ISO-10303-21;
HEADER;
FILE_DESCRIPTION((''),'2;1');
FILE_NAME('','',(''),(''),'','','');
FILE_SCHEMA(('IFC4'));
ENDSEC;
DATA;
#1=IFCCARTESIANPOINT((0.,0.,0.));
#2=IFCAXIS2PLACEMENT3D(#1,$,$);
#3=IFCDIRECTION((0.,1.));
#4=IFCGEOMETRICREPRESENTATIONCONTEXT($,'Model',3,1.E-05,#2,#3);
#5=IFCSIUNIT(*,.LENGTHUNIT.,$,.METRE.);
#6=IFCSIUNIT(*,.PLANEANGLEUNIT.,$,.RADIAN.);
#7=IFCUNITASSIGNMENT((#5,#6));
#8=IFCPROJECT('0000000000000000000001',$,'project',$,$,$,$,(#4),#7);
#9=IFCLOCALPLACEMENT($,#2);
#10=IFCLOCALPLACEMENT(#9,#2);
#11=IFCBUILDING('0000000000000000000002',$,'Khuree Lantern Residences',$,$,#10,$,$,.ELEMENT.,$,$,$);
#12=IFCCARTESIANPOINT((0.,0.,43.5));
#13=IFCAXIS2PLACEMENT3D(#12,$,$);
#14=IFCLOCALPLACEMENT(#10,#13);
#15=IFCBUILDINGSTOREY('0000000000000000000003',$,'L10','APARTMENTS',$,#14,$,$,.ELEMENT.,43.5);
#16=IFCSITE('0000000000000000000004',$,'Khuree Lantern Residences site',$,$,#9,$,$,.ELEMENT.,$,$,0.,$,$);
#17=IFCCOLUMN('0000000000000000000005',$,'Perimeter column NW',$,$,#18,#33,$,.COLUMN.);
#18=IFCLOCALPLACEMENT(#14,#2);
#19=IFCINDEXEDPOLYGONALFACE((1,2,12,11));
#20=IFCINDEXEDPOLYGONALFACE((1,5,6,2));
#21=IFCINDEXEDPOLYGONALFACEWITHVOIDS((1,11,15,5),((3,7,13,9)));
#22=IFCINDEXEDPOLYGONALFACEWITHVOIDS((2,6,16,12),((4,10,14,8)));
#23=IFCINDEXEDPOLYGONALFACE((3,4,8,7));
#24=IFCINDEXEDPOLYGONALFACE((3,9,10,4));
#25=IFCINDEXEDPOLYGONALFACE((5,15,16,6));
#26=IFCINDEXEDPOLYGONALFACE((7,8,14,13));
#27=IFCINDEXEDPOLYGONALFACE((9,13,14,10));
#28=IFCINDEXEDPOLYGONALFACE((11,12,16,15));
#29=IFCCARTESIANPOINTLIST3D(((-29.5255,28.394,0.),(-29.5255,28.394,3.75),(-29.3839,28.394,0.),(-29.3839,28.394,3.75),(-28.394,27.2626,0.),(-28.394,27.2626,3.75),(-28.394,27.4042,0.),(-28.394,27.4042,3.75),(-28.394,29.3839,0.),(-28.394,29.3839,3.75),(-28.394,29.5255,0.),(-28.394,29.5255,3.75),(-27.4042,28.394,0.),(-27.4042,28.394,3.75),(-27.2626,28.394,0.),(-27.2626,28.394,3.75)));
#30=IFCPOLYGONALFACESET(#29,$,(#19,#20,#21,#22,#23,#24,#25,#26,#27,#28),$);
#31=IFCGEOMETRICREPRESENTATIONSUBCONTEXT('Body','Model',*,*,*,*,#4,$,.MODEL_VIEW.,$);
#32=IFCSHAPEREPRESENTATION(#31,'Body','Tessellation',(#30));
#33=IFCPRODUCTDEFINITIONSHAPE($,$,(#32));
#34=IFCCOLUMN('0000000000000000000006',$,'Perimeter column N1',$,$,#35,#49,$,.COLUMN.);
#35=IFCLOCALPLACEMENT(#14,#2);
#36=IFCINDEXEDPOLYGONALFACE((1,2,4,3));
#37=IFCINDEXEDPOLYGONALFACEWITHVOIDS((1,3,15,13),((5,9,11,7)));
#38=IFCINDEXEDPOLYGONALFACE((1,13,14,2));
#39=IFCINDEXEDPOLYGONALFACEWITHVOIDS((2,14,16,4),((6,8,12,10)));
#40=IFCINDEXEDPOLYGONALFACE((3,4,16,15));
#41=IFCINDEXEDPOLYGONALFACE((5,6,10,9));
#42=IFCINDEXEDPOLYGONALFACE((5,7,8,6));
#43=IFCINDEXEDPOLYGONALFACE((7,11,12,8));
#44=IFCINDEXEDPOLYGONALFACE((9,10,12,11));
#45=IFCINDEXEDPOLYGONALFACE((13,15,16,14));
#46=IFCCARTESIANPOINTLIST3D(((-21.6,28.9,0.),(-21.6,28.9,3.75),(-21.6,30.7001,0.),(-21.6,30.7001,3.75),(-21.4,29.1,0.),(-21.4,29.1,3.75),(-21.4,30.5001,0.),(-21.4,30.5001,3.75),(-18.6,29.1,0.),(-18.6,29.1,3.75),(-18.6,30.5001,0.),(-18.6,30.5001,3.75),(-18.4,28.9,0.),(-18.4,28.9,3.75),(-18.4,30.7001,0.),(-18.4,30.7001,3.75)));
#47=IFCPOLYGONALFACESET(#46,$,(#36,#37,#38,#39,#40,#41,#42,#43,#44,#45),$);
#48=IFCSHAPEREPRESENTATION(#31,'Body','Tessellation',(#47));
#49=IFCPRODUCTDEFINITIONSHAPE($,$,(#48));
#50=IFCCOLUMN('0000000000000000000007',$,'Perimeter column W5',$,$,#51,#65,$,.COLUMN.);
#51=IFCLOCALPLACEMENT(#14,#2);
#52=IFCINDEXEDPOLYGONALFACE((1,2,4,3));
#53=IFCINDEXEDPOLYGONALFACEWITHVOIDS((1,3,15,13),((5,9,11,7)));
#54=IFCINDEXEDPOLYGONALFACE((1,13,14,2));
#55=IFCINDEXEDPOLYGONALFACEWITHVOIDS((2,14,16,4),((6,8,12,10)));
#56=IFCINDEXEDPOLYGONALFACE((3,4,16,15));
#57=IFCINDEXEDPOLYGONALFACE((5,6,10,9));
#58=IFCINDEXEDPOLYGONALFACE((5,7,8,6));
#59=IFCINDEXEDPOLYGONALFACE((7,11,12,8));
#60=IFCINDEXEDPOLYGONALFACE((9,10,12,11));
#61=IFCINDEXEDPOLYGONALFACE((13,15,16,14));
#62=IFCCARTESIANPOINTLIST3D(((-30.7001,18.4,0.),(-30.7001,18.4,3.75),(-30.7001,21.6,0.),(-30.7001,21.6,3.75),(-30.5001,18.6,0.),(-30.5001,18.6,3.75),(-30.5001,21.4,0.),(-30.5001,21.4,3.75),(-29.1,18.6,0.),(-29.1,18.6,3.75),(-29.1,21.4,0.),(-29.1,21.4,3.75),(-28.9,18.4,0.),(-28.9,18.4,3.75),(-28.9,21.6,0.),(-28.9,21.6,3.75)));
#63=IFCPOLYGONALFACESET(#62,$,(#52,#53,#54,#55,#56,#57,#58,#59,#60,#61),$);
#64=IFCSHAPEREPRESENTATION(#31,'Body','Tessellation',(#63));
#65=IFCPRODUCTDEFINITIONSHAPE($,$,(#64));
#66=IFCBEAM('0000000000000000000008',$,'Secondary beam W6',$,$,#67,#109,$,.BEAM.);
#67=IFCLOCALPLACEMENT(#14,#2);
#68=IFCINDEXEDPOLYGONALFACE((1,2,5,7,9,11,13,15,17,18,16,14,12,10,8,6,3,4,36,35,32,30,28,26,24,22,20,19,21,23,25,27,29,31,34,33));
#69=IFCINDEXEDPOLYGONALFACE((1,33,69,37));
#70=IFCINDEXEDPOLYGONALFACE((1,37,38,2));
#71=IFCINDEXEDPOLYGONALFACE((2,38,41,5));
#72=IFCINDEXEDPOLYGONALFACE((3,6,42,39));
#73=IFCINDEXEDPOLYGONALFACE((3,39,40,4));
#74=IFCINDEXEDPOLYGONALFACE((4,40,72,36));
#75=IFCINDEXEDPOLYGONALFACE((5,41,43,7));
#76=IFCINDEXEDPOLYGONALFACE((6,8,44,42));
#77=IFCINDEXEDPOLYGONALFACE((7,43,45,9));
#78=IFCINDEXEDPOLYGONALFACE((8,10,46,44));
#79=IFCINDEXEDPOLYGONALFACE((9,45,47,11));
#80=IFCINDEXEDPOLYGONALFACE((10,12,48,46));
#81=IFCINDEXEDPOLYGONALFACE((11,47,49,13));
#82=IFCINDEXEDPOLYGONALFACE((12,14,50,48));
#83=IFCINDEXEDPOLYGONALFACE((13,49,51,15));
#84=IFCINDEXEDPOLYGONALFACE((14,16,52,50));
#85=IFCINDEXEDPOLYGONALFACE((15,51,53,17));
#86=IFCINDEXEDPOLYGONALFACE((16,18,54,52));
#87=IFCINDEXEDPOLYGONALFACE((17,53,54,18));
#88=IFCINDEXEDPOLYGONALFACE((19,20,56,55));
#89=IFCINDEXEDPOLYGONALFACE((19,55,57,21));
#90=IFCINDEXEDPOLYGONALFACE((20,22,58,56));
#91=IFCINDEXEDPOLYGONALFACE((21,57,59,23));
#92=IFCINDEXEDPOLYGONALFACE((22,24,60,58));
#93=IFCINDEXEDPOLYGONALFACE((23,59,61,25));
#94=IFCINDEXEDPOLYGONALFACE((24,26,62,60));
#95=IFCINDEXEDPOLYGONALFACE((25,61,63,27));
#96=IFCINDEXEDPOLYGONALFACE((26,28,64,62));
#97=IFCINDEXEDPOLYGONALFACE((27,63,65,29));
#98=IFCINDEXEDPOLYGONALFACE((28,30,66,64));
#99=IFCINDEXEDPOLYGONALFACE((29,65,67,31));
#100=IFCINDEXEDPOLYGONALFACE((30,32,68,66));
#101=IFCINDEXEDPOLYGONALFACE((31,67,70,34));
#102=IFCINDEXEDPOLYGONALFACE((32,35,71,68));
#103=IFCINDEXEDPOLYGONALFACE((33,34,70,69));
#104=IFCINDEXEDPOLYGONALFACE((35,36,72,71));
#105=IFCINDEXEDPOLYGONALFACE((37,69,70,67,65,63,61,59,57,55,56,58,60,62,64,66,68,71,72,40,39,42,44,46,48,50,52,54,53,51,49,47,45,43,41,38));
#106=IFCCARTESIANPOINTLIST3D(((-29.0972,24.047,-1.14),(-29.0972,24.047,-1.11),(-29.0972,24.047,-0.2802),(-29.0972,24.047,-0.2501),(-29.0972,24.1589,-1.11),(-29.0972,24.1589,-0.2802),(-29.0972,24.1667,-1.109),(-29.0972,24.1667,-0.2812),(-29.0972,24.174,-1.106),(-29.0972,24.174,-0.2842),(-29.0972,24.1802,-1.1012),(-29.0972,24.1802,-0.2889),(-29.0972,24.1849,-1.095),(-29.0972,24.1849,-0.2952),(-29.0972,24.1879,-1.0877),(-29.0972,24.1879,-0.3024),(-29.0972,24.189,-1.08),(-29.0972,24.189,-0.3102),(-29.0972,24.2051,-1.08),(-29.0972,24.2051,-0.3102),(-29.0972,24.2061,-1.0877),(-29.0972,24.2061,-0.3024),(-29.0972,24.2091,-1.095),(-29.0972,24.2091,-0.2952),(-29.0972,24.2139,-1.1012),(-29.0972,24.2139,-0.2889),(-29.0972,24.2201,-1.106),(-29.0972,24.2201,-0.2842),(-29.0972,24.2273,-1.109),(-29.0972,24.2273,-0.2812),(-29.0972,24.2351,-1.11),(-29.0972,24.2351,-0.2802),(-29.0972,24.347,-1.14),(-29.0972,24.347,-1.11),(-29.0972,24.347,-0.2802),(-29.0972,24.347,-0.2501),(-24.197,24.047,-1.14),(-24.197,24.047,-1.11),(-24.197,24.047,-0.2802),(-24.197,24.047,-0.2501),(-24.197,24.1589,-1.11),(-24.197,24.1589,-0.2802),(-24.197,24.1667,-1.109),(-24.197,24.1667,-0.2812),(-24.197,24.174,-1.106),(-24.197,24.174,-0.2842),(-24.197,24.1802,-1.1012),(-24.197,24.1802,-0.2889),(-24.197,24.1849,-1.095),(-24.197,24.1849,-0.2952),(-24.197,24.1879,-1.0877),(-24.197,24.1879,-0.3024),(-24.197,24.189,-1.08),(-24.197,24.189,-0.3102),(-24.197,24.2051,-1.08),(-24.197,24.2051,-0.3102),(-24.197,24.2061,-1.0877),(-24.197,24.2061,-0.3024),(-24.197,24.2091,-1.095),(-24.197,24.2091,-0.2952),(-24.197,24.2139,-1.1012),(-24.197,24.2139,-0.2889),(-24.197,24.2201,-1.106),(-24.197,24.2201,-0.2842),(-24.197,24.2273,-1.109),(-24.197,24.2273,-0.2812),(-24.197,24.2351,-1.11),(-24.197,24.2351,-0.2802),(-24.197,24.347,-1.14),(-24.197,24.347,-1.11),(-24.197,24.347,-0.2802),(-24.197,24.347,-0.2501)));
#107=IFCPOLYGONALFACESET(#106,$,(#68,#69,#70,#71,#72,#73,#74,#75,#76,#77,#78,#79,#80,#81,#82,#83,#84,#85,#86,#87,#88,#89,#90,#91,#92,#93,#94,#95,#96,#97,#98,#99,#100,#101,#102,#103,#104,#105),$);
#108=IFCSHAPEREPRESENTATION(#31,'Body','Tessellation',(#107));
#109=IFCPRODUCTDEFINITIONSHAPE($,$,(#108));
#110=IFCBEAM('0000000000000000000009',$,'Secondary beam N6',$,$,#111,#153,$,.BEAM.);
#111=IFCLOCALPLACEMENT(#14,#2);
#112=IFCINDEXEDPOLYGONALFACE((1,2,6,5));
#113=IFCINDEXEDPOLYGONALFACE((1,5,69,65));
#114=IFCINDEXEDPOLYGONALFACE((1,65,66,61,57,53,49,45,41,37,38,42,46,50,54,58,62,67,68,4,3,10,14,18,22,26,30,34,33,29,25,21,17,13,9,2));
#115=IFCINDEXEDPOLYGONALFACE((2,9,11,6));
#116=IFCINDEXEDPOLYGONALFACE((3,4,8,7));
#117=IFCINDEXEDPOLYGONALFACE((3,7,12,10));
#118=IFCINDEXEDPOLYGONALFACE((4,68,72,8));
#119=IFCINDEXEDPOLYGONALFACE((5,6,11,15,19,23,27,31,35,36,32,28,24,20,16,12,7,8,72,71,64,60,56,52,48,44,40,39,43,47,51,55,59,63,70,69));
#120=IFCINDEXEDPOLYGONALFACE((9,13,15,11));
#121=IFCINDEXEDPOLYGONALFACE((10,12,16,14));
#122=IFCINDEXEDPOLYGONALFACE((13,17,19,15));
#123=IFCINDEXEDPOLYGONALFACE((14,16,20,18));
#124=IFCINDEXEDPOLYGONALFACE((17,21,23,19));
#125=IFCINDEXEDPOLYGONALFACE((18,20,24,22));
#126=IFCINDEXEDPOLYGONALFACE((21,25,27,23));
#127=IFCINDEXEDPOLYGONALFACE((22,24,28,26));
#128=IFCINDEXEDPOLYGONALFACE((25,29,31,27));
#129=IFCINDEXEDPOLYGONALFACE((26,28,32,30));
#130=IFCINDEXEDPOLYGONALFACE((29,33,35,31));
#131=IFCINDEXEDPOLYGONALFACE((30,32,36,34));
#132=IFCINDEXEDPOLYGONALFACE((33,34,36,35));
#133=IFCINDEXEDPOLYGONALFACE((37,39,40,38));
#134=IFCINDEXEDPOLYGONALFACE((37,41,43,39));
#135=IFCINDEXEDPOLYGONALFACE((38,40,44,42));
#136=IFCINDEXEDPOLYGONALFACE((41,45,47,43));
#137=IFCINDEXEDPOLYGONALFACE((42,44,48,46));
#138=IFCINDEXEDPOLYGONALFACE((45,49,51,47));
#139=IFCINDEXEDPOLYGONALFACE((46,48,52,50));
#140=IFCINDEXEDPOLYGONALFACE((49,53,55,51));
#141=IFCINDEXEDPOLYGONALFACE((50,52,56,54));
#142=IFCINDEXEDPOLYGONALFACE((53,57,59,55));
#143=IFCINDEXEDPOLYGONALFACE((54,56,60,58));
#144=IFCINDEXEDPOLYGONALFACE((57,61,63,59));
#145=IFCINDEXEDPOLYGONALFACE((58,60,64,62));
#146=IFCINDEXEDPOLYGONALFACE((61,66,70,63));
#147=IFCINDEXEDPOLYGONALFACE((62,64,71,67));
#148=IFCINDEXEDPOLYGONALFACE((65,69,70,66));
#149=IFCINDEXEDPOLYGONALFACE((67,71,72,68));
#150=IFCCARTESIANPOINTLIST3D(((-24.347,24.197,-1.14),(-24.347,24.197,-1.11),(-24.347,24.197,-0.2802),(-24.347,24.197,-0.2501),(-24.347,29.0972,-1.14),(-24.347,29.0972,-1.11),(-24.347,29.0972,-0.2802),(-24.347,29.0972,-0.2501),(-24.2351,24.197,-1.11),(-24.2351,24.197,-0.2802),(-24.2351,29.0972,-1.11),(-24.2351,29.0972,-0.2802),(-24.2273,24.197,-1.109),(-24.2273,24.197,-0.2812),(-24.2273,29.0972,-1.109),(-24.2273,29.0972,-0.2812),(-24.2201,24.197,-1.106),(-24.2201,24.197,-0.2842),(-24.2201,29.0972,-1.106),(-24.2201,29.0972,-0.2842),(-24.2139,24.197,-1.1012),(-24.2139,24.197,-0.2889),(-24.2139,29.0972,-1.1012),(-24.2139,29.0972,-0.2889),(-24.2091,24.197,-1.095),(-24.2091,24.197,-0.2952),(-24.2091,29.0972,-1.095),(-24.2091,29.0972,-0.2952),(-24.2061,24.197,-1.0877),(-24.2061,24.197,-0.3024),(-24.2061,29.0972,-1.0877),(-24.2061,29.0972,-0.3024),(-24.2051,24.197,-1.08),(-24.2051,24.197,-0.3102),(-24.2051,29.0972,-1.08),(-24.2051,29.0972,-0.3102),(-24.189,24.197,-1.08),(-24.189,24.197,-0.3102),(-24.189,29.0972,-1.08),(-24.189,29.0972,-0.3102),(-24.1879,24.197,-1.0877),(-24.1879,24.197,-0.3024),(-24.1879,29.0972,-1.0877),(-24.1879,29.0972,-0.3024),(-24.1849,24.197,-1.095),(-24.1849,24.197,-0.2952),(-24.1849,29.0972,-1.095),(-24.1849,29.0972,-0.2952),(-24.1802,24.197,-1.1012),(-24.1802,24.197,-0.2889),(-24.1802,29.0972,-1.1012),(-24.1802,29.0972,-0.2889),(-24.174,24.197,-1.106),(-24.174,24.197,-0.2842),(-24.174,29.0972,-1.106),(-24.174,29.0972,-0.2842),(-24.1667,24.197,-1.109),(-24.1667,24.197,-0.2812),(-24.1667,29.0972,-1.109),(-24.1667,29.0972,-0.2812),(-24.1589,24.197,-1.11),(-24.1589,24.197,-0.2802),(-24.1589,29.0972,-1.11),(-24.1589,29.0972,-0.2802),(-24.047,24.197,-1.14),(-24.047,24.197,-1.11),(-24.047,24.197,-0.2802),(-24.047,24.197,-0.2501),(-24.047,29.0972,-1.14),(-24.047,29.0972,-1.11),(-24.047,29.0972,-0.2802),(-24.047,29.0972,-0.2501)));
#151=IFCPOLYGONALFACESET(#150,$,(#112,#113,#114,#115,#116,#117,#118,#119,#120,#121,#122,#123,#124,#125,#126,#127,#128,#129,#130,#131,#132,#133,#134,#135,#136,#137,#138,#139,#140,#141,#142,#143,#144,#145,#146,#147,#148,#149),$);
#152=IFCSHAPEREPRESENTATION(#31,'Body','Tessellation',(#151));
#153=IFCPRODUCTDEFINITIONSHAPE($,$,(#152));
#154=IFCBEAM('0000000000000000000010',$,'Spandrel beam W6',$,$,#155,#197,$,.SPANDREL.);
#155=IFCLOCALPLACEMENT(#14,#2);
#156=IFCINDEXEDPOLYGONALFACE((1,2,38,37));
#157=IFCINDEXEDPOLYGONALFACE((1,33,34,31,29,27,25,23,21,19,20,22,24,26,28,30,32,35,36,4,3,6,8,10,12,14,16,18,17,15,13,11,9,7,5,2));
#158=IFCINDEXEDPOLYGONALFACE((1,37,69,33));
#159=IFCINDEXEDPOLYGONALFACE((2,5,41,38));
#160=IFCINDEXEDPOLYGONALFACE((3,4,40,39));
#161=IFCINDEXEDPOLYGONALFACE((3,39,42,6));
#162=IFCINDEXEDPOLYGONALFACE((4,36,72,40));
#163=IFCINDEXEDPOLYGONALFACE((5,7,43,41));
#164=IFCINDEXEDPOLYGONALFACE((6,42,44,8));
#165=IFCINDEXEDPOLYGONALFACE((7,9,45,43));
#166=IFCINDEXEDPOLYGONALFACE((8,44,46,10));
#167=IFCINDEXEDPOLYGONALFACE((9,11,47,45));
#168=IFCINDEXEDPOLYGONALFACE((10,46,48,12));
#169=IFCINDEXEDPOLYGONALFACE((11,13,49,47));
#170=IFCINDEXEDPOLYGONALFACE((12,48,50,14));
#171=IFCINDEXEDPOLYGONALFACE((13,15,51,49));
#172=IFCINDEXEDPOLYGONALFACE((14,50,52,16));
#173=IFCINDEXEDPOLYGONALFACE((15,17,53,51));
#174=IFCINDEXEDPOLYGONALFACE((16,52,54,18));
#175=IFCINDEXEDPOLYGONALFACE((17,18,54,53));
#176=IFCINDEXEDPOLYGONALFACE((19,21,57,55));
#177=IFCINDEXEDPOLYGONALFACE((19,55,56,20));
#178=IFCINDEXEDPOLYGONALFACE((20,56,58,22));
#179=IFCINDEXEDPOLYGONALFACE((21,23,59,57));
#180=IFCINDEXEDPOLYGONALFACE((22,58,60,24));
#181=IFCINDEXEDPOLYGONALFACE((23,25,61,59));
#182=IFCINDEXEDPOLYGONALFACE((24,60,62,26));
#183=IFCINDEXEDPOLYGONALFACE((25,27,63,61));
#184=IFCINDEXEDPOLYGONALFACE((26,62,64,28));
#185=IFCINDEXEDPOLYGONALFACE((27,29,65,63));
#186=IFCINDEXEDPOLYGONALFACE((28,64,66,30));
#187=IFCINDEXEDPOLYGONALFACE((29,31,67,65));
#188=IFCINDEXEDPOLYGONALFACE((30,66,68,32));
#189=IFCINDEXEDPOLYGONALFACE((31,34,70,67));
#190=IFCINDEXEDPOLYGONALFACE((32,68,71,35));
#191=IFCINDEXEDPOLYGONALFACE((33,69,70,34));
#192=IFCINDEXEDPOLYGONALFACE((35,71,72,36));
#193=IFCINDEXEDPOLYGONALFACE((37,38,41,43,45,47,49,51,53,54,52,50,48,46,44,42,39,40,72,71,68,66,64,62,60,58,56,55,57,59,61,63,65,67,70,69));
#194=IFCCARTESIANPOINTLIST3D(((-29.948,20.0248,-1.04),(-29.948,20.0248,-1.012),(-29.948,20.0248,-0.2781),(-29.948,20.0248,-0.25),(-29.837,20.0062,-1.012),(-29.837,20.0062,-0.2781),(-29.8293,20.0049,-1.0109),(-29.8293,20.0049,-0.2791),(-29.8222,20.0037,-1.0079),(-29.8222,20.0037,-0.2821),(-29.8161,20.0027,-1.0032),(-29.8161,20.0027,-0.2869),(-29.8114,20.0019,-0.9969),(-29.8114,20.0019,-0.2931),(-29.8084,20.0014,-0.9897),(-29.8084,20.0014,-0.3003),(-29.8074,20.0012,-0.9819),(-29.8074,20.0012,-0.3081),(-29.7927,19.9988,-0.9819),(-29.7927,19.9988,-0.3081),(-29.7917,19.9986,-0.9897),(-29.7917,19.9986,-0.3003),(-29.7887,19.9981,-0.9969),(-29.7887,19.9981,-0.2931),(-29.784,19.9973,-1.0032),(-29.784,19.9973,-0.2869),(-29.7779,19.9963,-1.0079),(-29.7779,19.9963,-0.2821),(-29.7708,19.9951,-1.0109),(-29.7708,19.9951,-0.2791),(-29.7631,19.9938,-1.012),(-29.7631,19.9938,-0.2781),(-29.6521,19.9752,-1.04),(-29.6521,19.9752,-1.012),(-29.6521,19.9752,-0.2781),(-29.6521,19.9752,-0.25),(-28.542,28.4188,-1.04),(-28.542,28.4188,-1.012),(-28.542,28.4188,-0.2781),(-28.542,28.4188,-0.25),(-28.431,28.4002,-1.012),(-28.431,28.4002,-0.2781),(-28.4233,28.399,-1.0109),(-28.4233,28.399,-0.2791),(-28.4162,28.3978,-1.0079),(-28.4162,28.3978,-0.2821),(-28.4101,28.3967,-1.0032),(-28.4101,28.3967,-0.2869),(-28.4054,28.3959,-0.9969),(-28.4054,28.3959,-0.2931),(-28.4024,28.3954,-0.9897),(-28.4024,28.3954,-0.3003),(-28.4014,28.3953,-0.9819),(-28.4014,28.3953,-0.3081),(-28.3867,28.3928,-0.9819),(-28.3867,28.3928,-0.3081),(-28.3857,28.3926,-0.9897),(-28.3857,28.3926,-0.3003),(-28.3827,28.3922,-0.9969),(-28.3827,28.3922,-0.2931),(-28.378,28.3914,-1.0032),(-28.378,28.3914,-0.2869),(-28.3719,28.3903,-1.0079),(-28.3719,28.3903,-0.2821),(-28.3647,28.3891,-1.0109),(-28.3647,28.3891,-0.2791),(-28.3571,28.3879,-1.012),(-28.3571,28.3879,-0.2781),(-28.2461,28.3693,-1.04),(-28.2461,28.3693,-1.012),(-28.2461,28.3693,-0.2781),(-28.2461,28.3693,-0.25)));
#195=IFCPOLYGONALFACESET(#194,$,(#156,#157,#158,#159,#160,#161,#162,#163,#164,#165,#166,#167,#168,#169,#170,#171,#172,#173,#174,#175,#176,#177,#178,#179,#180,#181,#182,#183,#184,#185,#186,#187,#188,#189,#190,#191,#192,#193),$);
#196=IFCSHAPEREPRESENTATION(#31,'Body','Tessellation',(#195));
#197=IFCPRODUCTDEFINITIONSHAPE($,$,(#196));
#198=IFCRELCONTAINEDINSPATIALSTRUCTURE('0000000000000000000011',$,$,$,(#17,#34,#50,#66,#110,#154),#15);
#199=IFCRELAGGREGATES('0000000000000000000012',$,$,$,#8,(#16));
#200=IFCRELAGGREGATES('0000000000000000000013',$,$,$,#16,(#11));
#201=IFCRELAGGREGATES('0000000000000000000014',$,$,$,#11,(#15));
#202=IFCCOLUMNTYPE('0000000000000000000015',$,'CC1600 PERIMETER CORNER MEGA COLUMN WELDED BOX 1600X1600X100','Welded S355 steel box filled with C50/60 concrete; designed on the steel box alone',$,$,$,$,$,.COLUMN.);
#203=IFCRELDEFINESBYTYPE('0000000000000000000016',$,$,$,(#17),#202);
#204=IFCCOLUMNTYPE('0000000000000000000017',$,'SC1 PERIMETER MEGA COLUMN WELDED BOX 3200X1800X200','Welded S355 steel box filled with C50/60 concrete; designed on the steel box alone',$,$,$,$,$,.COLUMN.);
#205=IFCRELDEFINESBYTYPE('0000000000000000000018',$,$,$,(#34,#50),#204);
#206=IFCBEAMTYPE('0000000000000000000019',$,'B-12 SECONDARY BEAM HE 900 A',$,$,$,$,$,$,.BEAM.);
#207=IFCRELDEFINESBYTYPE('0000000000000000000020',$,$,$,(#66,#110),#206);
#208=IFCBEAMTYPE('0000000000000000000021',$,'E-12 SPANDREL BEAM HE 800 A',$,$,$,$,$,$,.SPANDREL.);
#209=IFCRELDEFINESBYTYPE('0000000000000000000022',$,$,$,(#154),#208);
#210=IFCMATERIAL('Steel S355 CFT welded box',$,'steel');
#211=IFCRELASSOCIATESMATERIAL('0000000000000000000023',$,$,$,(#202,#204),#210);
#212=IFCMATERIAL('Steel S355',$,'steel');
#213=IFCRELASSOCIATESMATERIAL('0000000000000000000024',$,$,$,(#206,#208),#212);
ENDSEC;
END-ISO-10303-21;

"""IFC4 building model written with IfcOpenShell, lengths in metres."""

from ifc_helpers import new_model, si_unit, direction, frame, origin, origin_2d, place, context, subcontext, project, spatial, hollow_rectangle, i_section, extrude, material, material_profile, profile_set, type_object, element, save


model = new_model("IFC4")

# Units and contexts
model_context = context("Model", 3, precision=1e-05, world=origin(), true_north=direction((0.0, 1.0)))
body_context = subcontext(model_context, "Body", "Model", "MODEL_VIEW")
ifc_project = project(units=[si_unit("LENGTHUNIT", "METRE"), si_unit("PLANEANGLEUNIT", "RADIAN")], contexts=[model_context])

# Site, building, storey
site_placement = place(None, origin())
site = spatial("IfcSite", under=ifc_project, at=site_placement, Name="Khuree Lantern Residences site", CompositionType="ELEMENT", RefElevation=0.0)
building_placement = place(site_placement, origin())
building = spatial("IfcBuilding", under=site, at=building_placement, Name="Khuree Lantern Residences", CompositionType="ELEMENT")
storey_placement = place(building_placement, frame((0.0, 0.0, 43.5)))
storey = spatial("IfcBuildingStorey", under=building, at=storey_placement, Name="L10", Description="APARTMENTS", CompositionType="ELEMENT", Elevation=43.5)

# Columns
ifc_material_1 = material(Name="Steel S355 CFT welded box", Category="steel")
ifc_material_profile_1 = material_profile(ifc_material_1, hollow_rectangle(XDim=1.6001, YDim=1.6001, WallThickness=0.1001, at=origin_2d()), Name="WELDED BOX 1600X1600X100")
ifc_profile_set_1 = profile_set([ifc_material_profile_1], Name="Steel S355 CFT welded box")
column_type_1 = type_object("IfcColumnType", Name="CC1600 PERIMETER CORNER MEGA COLUMN WELDED BOX 1600X1600X100", Description="Welded S355 steel box filled with C50/60 concrete; designed on the steel box alone", PredefinedType="COLUMN", material=ifc_profile_set_1)
column_placement = place(storey_placement, frame((-28.394, 28.394, 0.0), z_axis=(0.0, 0.0, 1.0), x_axis=(0.707107, 0.707107, 0.0)))
element("IfcColumn", 1, at=column_placement, inside=storey, type_object=column_type_1, Name="Perimeter column NW", PredefinedType="COLUMN", context=body_context, shape_type="SweptSolid", body=[
    extrude(hollow_rectangle(XDim=1.6001, YDim=1.6001, WallThickness=0.1001, at=origin_2d()), origin(), (0.0, 0.0, 1.0), 3.75),
])
ifc_material_profile_2 = material_profile(ifc_material_1, hollow_rectangle(XDim=3.2, YDim=1.8, WallThickness=0.2, at=origin_2d()), Name="WELDED BOX 3200X1800X200")
ifc_profile_set_2 = profile_set([ifc_material_profile_2], Name="Steel S355 CFT welded box")
column_type_2 = type_object("IfcColumnType", Name="SC1 PERIMETER MEGA COLUMN WELDED BOX 3200X1800X200", Description="Welded S355 steel box filled with C50/60 concrete; designed on the steel box alone", PredefinedType="COLUMN", material=ifc_profile_set_2)
for number, where, z_axis, x_axis, name in (
    (2, (-20.0, 29.8, 0.0), (0.0, 0.0, 1.0), (1.0, 0.0, 0.0), "Perimeter column N1"),
    (3, (-29.8, 20.0, 0.0), (0.0, 0.0, 1.0), (0.0, 1.0, 0.0), "Perimeter column W5"),
):
    element("IfcColumn", number, at=place(storey_placement, frame(where, z_axis=z_axis, x_axis=x_axis)), inside=storey, type_object=column_type_2, Name=name, PredefinedType="COLUMN", context=body_context, shape_type="SweptSolid", body=[
        extrude(hollow_rectangle(XDim=3.2, YDim=1.8, WallThickness=0.2, at=origin_2d()), origin(), (0.0, 0.0, 1.0), 3.75),
    ])

# Beams
ifc_material_2 = material(Name="Steel S355", Category="steel")
ifc_material_profile_3 = material_profile(ifc_material_2, i_section(OverallWidth=0.3, OverallDepth=0.8899, WebThickness=0.0161, FlangeThickness=0.03, FilletRadius=0.03, at=origin_2d()), Name="HE 900 A")
ifc_profile_set_3 = profile_set([ifc_material_profile_3], Name="Steel S355")
beam_type_1 = type_object("IfcBeamType", Name="B-12 SECONDARY BEAM HE 900 A", PredefinedType="BEAM", material=ifc_profile_set_3)
for number, where, z_axis, x_axis, name in (
    (4, (-29.0972, 24.197, -0.6951), (1.0, 0.0, 0.0), (0.0, 1.0, 0.0), "Secondary beam W6"),
    (5, (-24.197, 29.0972, -0.6951), (0.0, -1.0, 0.0), (1.0, 0.0, 0.0), "Secondary beam N6"),
):
    element("IfcBeam", number, at=place(storey_placement, frame(where, z_axis=z_axis, x_axis=x_axis)), inside=storey, type_object=beam_type_1, Name=name, PredefinedType="BEAM", context=body_context, shape_type="SweptSolid", body=[
        extrude(i_section(OverallWidth=0.3, OverallDepth=0.8899, WebThickness=0.0161, FlangeThickness=0.03, FilletRadius=0.03, at=origin_2d()), origin(), (0.0, 0.0, 1.0), 4.9001),
    ])
ifc_material_profile_4 = material_profile(ifc_material_2, i_section(OverallWidth=0.3, OverallDepth=0.79, WebThickness=0.0149, FlangeThickness=0.0281, FilletRadius=0.03, at=origin_2d()), Name="HE 800 A")
ifc_profile_set_4 = profile_set([ifc_material_profile_4], Name="Steel S355")
beam_type_2 = type_object("IfcBeamType", Name="E-12 SPANDREL BEAM HE 800 A", PredefinedType="SPANDREL", material=ifc_profile_set_4)
for number, where, z_axis, x_axis, name in (
    (6, (-29.8, 20.0, -0.645), (0.165199, 0.98626, 0.0), (-0.98626, 0.165199, 0.0), "Spandrel beam W6"),
):
    element("IfcBeam", number, at=place(storey_placement, frame(where, z_axis=z_axis, x_axis=x_axis)), inside=storey, type_object=beam_type_2, Name=name, PredefinedType="SPANDREL", context=body_context, shape_type="SweptSolid", body=[
        extrude(i_section(OverallWidth=0.3, OverallDepth=0.79, WebThickness=0.0149, FlangeThickness=0.0281, FilletRadius=0.03, at=origin_2d()), origin(), (0.0, 0.0, 1.0), 8.511),
    ])

save(model, "model.ifc")
